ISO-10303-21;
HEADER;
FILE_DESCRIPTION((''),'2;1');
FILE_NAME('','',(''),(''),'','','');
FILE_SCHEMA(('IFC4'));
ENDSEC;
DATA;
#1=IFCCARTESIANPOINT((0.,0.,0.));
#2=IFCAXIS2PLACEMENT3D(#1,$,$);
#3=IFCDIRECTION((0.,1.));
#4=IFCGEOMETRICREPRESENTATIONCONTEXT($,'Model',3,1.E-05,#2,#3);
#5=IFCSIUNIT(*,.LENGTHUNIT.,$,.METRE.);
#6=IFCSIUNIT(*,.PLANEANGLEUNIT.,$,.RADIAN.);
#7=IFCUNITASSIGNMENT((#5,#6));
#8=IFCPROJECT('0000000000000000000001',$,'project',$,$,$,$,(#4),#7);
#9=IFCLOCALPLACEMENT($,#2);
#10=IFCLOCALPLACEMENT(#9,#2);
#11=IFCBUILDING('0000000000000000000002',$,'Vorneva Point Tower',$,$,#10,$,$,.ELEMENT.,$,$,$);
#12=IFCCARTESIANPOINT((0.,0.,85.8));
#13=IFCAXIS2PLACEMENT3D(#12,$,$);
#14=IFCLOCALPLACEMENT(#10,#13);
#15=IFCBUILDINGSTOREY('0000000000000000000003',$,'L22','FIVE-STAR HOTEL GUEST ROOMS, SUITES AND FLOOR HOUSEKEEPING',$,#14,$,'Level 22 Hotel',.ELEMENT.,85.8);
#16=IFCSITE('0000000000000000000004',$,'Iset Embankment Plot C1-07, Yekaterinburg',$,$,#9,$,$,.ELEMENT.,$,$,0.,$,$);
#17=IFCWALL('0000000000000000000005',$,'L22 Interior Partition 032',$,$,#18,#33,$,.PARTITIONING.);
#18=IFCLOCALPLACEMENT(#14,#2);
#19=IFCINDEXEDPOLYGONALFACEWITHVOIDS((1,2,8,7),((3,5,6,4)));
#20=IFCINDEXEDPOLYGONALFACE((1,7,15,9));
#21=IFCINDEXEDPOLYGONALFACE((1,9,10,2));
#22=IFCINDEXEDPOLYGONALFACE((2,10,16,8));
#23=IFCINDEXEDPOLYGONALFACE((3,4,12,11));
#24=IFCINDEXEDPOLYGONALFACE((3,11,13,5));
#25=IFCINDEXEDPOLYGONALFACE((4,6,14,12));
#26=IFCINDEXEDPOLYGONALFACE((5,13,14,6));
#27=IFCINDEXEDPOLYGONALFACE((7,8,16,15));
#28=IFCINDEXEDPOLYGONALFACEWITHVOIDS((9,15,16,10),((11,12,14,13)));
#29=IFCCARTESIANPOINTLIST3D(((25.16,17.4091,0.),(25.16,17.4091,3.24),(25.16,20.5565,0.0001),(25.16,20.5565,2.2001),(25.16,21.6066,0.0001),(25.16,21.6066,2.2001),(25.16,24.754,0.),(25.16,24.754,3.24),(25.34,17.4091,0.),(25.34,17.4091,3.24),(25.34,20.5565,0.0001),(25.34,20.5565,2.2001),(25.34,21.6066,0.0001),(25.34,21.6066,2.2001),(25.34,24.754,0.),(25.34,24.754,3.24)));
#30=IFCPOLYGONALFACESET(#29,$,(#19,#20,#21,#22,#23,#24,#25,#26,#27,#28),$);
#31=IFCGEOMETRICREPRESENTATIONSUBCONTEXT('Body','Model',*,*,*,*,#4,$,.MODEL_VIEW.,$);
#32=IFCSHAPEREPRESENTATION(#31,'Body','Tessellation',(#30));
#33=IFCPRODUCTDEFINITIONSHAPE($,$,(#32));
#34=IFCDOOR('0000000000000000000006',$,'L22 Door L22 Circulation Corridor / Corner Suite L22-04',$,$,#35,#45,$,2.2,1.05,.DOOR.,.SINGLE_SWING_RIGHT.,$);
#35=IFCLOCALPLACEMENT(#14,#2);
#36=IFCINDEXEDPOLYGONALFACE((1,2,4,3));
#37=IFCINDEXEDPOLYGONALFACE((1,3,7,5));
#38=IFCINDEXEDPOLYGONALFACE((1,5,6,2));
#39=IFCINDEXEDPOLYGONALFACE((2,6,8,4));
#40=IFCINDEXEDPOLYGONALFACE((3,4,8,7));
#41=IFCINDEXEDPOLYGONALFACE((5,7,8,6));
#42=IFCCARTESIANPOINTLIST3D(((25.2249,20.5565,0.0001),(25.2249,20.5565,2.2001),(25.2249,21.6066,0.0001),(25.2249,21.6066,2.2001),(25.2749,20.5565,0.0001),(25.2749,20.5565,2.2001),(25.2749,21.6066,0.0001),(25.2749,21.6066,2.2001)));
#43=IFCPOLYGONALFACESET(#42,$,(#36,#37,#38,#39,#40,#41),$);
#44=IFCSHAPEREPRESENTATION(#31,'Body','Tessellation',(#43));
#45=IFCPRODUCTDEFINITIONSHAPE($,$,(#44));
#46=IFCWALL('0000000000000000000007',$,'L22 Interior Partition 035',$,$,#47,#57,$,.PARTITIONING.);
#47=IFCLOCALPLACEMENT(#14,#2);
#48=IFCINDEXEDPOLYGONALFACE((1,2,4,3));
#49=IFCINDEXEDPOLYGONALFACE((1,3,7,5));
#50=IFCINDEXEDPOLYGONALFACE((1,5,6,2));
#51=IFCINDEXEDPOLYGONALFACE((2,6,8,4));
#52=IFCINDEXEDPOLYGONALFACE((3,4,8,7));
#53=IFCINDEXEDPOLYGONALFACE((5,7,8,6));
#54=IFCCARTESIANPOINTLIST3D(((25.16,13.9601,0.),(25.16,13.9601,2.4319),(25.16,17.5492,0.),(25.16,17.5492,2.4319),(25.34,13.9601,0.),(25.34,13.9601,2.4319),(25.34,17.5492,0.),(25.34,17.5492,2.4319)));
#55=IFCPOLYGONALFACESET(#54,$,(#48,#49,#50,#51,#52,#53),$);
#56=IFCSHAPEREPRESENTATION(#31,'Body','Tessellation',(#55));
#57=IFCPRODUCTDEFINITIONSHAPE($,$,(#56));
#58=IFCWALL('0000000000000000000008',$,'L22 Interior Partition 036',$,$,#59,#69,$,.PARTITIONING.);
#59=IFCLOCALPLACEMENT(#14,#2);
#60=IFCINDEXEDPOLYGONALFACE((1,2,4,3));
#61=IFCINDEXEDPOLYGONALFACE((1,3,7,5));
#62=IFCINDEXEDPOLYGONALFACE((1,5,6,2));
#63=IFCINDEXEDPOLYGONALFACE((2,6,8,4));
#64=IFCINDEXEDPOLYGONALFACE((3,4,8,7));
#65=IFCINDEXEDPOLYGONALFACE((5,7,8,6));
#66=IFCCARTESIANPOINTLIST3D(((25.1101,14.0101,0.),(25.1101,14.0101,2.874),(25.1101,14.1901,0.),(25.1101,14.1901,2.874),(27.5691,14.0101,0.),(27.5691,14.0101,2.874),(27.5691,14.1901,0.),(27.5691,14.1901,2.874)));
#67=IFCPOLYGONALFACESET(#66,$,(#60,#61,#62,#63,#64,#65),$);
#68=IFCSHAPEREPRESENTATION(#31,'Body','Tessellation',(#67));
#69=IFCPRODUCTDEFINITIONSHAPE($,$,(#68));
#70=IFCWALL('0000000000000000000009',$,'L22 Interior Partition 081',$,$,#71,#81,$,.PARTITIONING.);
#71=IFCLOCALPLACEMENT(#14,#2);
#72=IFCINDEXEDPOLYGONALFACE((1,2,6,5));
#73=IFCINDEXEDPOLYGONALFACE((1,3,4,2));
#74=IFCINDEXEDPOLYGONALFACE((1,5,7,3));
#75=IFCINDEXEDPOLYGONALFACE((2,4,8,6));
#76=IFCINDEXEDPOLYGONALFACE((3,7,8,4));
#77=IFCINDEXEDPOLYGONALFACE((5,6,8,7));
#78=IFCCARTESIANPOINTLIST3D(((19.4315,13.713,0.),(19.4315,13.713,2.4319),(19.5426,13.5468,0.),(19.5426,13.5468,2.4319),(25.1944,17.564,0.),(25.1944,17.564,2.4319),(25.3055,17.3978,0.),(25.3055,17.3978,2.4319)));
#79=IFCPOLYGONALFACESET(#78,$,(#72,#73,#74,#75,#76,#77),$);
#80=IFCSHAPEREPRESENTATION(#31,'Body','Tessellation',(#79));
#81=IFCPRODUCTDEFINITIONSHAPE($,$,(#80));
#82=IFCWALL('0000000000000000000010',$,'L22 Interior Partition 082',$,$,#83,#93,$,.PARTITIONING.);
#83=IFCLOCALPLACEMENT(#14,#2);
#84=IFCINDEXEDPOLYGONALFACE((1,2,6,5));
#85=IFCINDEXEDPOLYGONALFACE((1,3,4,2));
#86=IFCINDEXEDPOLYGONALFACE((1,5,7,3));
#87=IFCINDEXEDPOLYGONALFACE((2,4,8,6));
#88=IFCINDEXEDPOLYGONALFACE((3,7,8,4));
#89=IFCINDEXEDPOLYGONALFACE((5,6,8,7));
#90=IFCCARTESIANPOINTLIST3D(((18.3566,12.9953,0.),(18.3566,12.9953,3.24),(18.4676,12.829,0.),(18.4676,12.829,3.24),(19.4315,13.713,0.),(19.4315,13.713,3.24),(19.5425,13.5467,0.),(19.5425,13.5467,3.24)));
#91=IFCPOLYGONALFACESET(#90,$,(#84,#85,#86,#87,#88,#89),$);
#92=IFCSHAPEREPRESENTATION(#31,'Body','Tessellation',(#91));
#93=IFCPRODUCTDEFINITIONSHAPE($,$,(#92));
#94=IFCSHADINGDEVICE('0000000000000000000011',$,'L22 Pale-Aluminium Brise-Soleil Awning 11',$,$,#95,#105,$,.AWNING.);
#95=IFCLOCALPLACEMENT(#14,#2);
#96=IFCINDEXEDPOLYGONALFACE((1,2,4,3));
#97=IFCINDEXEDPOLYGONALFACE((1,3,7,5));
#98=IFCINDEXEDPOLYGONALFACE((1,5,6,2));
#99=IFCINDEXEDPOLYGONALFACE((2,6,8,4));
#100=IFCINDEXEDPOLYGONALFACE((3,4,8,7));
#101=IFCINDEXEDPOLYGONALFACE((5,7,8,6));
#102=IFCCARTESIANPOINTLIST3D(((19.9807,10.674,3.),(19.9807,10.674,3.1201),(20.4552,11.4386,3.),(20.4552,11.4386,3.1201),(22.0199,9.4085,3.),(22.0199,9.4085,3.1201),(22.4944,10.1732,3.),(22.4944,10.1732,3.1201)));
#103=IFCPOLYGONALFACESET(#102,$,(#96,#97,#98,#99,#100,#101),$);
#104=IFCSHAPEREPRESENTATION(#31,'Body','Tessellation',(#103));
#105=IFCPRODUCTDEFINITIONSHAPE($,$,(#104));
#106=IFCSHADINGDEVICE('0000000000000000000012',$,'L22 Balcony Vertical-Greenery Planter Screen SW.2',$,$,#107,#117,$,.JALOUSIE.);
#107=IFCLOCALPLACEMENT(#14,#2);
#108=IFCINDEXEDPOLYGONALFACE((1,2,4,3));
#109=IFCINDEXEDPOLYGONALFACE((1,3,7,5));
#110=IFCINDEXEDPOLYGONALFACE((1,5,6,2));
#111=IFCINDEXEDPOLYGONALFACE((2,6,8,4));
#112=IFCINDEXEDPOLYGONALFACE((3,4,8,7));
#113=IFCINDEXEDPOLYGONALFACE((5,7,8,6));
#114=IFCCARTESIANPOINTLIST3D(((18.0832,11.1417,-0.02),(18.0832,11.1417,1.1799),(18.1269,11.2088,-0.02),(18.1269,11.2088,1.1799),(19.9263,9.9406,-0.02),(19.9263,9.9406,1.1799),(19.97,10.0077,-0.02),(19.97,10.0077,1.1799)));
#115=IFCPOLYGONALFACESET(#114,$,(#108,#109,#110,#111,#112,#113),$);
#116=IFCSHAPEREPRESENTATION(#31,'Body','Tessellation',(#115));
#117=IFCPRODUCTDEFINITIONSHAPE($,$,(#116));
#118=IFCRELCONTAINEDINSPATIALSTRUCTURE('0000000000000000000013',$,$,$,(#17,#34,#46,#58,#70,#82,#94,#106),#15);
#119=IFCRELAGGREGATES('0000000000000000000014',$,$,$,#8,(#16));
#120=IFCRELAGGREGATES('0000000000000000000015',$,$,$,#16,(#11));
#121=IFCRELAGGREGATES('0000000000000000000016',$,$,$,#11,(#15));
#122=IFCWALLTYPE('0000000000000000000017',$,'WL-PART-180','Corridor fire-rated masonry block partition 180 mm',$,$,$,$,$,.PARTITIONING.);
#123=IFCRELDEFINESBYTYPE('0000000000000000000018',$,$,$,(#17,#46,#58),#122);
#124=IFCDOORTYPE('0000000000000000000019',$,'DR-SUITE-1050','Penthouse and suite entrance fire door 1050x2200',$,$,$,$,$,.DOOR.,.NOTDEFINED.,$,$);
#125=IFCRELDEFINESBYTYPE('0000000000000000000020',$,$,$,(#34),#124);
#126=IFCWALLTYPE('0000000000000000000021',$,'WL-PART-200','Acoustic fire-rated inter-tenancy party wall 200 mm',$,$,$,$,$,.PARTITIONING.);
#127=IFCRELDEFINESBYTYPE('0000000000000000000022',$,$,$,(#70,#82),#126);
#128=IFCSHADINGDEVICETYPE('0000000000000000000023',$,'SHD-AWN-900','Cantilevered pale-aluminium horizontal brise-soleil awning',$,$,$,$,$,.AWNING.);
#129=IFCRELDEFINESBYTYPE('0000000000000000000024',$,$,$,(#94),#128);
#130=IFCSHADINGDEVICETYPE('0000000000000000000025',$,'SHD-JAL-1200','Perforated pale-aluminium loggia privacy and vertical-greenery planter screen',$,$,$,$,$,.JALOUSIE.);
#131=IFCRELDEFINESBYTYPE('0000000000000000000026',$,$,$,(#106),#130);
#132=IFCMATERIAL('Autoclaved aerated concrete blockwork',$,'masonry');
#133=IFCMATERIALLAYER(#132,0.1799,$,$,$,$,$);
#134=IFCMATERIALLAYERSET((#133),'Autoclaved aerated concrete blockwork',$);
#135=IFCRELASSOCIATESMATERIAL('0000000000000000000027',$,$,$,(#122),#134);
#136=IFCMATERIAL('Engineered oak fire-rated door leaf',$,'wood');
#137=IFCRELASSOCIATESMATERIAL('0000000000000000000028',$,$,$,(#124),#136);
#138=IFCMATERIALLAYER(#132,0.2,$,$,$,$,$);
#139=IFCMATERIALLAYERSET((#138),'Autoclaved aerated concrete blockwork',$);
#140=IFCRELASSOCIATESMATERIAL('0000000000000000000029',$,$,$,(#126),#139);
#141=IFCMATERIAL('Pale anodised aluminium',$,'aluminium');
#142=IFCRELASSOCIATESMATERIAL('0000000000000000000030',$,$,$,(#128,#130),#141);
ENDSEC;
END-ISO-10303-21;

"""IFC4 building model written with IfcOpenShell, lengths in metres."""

from ifc_helpers import new_model, si_unit, direction, frame, frame_2d, origin, origin_2d, place, context, subcontext, project, spatial, rectangle, extrude, material, layer, layer_set, type_object, element, fill, save


model = new_model("IFC4")

# Units and contexts
model_context = context("Model", 3, precision=1e-05, world=origin(), true_north=direction((0.0, 1.0)))
body_context = subcontext(model_context, "Body", "Model", "MODEL_VIEW")
ifc_project = project(units=[si_unit("LENGTHUNIT", "METRE"), si_unit("PLANEANGLEUNIT", "RADIAN")], contexts=[model_context])

# Site, building, storey
site_placement = place(None, origin())
site = spatial("IfcSite", under=ifc_project, at=site_placement, Name="Iset Embankment Plot C1-07, Yekaterinburg", CompositionType="ELEMENT", RefElevation=0.0)
building_placement = place(site_placement, origin())
building = spatial("IfcBuilding", under=site, at=building_placement, Name="Vorneva Point Tower", CompositionType="ELEMENT")
storey_placement = place(building_placement, frame((0.0, 0.0, 85.8)))
storey = spatial("IfcBuildingStorey", under=building, at=storey_placement, Name="L22", Description="FIVE-STAR HOTEL GUEST ROOMS, SUITES AND FLOOR HOUSEKEEPING", LongName="Level 22 Hotel", CompositionType="ELEMENT", Elevation=85.8)

# Shared definitions
ifc_material_1 = material(Name="Pale anodised aluminium", Category="aluminium")

# Shared definitions
ifc_material_2 = material(Name="Engineered oak fire-rated door leaf", Category="wood")

# Wall, opening, door
ifc_material_3 = material(Name="Autoclaved aerated concrete blockwork", Category="masonry")
ifc_layer_1 = layer(ifc_material_3, 0.1799)
ifc_layer_set_1 = layer_set([ifc_layer_1], Name="Autoclaved aerated concrete blockwork")
wall_type_1 = type_object("IfcWallType", Name="WL-PART-180", Description="Corridor fire-rated masonry block partition 180 mm", PredefinedType="PARTITIONING", material=ifc_layer_set_1)
wall_1_placement = place(storey_placement, frame((25.25, 24.7539, 0.0), z_axis=(0.0, 0.0, 1.0), x_axis=(0.0, -1.0, 0.0)))
wall_1 = element("IfcWall", 1, at=wall_1_placement, inside=storey, type_object=wall_type_1, Name="L22 Interior Partition 032", PredefinedType="PARTITIONING", context=body_context, shape_type="SweptSolid", body=[
    extrude(rectangle(XDim=7.345, YDim=0.1799, at=frame_2d((3.6724, 0.0))), origin(), (0.0, 0.0, 1.0), 3.24),
])
opening_1_placement = place(wall_1_placement, frame((3.1475, 0.0, 0.0)))
opening_1 = element("IfcOpeningElement", 2, at=opening_1_placement, cuts=wall_1, PredefinedType="OPENING", context=body_context, shape_type="SweptSolid", body=[
    extrude(rectangle(XDim=1.05, YDim=2.2, at=frame_2d((0.5249, 1.1001))), frame((0.0, 0.105, 0.0), z_axis=(0.0, -1.0, 0.0), x_axis=(1.0, 0.0, 0.0)), (0.0, 0.0, 1.0), 0.2097),
])
door_type_1 = type_object("IfcDoorType", Name="DR-SUITE-1050", Description="Penthouse and suite entrance fire door 1050x2200", OperationType="NOTDEFINED", PredefinedType="DOOR", material=ifc_material_2)
door_1_placement = place(opening_1_placement, origin())
door_1 = element("IfcDoor", 3, at=door_1_placement, inside=storey, type_object=door_type_1, Name="L22 Door L22 Circulation Corridor / Corner Suite L22-04", OperationType="SINGLE_SWING_RIGHT", OverallHeight=2.2, OverallWidth=1.05, PredefinedType="DOOR", context=body_context, shape_type="SweptSolid", body=[
    extrude(rectangle(XDim=1.05, YDim=2.2, at=frame_2d((0.5249, 1.1001))), frame((0.0, 0.0249, 0.0), z_axis=(0.0, -1.0, 0.0), x_axis=(1.0, 0.0, 0.0)), (0.0, 0.0, 1.0), 0.05),
])
fill(opening_1, door_1)

# Walls
wall_2_placement = place(storey_placement, frame((25.25, 17.5491, 0.0), z_axis=(0.0, 0.0, 1.0), x_axis=(0.0, -1.0, 0.0)))
element("IfcWall", 4, at=wall_2_placement, inside=storey, type_object=wall_type_1, Name="L22 Interior Partition 035", PredefinedType="PARTITIONING", context=body_context, shape_type="SweptSolid", body=[
    extrude(rectangle(XDim=3.5891, YDim=0.1799, at=frame_2d((1.7944, 0.0))), origin(), (0.0, 0.0, 1.0), 2.4319),
])
wall_3_placement = place(storey_placement, frame((25.1101, 14.1001, 0.0), z_axis=(0.0, 0.0, 1.0), x_axis=(1.0, 0.0, 0.0)))
element("IfcWall", 5, at=wall_3_placement, inside=storey, type_object=wall_type_1, Name="L22 Interior Partition 036", PredefinedType="PARTITIONING", context=body_context, shape_type="SweptSolid", body=[
    extrude(rectangle(XDim=2.459, YDim=0.1799, at=frame_2d((1.2295, 0.0))), origin(), (0.0, 0.0, 1.0), 2.874),
])
ifc_layer_2 = layer(ifc_material_3, 0.2)
ifc_layer_set_2 = layer_set([ifc_layer_2], Name="Autoclaved aerated concrete blockwork")
wall_type_2 = type_object("IfcWallType", Name="WL-PART-200", Description="Acoustic fire-rated inter-tenancy party wall 200 mm", PredefinedType="PARTITIONING", material=ifc_layer_set_2)
wall_4_placement = place(storey_placement, frame((19.4871, 13.6299, 0.0), z_axis=(0.0, 0.0, 1.0), x_axis=(0.831443, 0.55561, 0.0)))
element("IfcWall", 6, at=wall_4_placement, inside=storey, type_object=wall_type_2, Name="L22 Interior Partition 081", PredefinedType="PARTITIONING", context=body_context, shape_type="SweptSolid", body=[
    extrude(rectangle(XDim=6.9312, YDim=0.2, at=frame_2d((3.4656, 0.0))), origin(), (0.0, 0.0, 1.0), 2.4319),
])
wall_5_placement = place(storey_placement, frame((18.4121, 12.9121, 0.0), z_axis=(0.0, 0.0, 1.0), x_axis=(0.831643, 0.55531, 0.0)))
element("IfcWall", 7, at=wall_5_placement, inside=storey, type_object=wall_type_2, Name="L22 Interior Partition 082", PredefinedType="PARTITIONING", context=body_context, shape_type="SweptSolid", body=[
    extrude(rectangle(XDim=1.2925, YDim=0.2, at=frame_2d((0.6462, 0.0))), origin(), (0.0, 0.0, 1.0), 3.24),
])

# Shading devices
shading_device_type_1 = type_object("IfcShadingDeviceType", Name="SHD-AWN-900", Description="Cantilevered pale-aluminium horizontal brise-soleil awning", PredefinedType="AWNING", material=ifc_material_1)
shading_device_1_placement = place(storey_placement, frame((21.2375, 10.4236, 3.0), z_axis=(0.0, 0.0, 1.0), x_axis=(0.849681, -0.527297, 0.0)))
element("IfcShadingDevice", 8, at=shading_device_1_placement, inside=storey, type_object=shading_device_type_1, Name="L22 Pale-Aluminium Brise-Soleil Awning 11", PredefinedType="AWNING", context=body_context, shape_type="SweptSolid", body=[
    extrude(rectangle(XDim=2.3999, YDim=0.8999, at=origin_2d()), origin(), (0.0, 0.0, 1.0), 0.1201),
])
shading_device_type_2 = type_object("IfcShadingDeviceType", Name="SHD-JAL-1200", Description="Perforated pale-aluminium loggia privacy and vertical-greenery planter screen", PredefinedType="JALOUSIE", material=ifc_material_1)
shading_device_2_placement = place(storey_placement, frame((19.0266, 10.5747, -0.02), z_axis=(0.0, 0.0, 1.0), x_axis=(0.837785, -0.546, 0.0)))
element("IfcShadingDevice", 9, at=shading_device_2_placement, inside=storey, type_object=shading_device_type_2, Name="L22 Balcony Vertical-Greenery Planter Screen SW.2", PredefinedType="JALOUSIE", context=body_context, shape_type="SweptSolid", body=[
    extrude(rectangle(XDim=2.2, YDim=0.0801, at=origin_2d()), origin(), (0.0, 0.0, 1.0), 1.2),
])

save(model, "model.ifc")
